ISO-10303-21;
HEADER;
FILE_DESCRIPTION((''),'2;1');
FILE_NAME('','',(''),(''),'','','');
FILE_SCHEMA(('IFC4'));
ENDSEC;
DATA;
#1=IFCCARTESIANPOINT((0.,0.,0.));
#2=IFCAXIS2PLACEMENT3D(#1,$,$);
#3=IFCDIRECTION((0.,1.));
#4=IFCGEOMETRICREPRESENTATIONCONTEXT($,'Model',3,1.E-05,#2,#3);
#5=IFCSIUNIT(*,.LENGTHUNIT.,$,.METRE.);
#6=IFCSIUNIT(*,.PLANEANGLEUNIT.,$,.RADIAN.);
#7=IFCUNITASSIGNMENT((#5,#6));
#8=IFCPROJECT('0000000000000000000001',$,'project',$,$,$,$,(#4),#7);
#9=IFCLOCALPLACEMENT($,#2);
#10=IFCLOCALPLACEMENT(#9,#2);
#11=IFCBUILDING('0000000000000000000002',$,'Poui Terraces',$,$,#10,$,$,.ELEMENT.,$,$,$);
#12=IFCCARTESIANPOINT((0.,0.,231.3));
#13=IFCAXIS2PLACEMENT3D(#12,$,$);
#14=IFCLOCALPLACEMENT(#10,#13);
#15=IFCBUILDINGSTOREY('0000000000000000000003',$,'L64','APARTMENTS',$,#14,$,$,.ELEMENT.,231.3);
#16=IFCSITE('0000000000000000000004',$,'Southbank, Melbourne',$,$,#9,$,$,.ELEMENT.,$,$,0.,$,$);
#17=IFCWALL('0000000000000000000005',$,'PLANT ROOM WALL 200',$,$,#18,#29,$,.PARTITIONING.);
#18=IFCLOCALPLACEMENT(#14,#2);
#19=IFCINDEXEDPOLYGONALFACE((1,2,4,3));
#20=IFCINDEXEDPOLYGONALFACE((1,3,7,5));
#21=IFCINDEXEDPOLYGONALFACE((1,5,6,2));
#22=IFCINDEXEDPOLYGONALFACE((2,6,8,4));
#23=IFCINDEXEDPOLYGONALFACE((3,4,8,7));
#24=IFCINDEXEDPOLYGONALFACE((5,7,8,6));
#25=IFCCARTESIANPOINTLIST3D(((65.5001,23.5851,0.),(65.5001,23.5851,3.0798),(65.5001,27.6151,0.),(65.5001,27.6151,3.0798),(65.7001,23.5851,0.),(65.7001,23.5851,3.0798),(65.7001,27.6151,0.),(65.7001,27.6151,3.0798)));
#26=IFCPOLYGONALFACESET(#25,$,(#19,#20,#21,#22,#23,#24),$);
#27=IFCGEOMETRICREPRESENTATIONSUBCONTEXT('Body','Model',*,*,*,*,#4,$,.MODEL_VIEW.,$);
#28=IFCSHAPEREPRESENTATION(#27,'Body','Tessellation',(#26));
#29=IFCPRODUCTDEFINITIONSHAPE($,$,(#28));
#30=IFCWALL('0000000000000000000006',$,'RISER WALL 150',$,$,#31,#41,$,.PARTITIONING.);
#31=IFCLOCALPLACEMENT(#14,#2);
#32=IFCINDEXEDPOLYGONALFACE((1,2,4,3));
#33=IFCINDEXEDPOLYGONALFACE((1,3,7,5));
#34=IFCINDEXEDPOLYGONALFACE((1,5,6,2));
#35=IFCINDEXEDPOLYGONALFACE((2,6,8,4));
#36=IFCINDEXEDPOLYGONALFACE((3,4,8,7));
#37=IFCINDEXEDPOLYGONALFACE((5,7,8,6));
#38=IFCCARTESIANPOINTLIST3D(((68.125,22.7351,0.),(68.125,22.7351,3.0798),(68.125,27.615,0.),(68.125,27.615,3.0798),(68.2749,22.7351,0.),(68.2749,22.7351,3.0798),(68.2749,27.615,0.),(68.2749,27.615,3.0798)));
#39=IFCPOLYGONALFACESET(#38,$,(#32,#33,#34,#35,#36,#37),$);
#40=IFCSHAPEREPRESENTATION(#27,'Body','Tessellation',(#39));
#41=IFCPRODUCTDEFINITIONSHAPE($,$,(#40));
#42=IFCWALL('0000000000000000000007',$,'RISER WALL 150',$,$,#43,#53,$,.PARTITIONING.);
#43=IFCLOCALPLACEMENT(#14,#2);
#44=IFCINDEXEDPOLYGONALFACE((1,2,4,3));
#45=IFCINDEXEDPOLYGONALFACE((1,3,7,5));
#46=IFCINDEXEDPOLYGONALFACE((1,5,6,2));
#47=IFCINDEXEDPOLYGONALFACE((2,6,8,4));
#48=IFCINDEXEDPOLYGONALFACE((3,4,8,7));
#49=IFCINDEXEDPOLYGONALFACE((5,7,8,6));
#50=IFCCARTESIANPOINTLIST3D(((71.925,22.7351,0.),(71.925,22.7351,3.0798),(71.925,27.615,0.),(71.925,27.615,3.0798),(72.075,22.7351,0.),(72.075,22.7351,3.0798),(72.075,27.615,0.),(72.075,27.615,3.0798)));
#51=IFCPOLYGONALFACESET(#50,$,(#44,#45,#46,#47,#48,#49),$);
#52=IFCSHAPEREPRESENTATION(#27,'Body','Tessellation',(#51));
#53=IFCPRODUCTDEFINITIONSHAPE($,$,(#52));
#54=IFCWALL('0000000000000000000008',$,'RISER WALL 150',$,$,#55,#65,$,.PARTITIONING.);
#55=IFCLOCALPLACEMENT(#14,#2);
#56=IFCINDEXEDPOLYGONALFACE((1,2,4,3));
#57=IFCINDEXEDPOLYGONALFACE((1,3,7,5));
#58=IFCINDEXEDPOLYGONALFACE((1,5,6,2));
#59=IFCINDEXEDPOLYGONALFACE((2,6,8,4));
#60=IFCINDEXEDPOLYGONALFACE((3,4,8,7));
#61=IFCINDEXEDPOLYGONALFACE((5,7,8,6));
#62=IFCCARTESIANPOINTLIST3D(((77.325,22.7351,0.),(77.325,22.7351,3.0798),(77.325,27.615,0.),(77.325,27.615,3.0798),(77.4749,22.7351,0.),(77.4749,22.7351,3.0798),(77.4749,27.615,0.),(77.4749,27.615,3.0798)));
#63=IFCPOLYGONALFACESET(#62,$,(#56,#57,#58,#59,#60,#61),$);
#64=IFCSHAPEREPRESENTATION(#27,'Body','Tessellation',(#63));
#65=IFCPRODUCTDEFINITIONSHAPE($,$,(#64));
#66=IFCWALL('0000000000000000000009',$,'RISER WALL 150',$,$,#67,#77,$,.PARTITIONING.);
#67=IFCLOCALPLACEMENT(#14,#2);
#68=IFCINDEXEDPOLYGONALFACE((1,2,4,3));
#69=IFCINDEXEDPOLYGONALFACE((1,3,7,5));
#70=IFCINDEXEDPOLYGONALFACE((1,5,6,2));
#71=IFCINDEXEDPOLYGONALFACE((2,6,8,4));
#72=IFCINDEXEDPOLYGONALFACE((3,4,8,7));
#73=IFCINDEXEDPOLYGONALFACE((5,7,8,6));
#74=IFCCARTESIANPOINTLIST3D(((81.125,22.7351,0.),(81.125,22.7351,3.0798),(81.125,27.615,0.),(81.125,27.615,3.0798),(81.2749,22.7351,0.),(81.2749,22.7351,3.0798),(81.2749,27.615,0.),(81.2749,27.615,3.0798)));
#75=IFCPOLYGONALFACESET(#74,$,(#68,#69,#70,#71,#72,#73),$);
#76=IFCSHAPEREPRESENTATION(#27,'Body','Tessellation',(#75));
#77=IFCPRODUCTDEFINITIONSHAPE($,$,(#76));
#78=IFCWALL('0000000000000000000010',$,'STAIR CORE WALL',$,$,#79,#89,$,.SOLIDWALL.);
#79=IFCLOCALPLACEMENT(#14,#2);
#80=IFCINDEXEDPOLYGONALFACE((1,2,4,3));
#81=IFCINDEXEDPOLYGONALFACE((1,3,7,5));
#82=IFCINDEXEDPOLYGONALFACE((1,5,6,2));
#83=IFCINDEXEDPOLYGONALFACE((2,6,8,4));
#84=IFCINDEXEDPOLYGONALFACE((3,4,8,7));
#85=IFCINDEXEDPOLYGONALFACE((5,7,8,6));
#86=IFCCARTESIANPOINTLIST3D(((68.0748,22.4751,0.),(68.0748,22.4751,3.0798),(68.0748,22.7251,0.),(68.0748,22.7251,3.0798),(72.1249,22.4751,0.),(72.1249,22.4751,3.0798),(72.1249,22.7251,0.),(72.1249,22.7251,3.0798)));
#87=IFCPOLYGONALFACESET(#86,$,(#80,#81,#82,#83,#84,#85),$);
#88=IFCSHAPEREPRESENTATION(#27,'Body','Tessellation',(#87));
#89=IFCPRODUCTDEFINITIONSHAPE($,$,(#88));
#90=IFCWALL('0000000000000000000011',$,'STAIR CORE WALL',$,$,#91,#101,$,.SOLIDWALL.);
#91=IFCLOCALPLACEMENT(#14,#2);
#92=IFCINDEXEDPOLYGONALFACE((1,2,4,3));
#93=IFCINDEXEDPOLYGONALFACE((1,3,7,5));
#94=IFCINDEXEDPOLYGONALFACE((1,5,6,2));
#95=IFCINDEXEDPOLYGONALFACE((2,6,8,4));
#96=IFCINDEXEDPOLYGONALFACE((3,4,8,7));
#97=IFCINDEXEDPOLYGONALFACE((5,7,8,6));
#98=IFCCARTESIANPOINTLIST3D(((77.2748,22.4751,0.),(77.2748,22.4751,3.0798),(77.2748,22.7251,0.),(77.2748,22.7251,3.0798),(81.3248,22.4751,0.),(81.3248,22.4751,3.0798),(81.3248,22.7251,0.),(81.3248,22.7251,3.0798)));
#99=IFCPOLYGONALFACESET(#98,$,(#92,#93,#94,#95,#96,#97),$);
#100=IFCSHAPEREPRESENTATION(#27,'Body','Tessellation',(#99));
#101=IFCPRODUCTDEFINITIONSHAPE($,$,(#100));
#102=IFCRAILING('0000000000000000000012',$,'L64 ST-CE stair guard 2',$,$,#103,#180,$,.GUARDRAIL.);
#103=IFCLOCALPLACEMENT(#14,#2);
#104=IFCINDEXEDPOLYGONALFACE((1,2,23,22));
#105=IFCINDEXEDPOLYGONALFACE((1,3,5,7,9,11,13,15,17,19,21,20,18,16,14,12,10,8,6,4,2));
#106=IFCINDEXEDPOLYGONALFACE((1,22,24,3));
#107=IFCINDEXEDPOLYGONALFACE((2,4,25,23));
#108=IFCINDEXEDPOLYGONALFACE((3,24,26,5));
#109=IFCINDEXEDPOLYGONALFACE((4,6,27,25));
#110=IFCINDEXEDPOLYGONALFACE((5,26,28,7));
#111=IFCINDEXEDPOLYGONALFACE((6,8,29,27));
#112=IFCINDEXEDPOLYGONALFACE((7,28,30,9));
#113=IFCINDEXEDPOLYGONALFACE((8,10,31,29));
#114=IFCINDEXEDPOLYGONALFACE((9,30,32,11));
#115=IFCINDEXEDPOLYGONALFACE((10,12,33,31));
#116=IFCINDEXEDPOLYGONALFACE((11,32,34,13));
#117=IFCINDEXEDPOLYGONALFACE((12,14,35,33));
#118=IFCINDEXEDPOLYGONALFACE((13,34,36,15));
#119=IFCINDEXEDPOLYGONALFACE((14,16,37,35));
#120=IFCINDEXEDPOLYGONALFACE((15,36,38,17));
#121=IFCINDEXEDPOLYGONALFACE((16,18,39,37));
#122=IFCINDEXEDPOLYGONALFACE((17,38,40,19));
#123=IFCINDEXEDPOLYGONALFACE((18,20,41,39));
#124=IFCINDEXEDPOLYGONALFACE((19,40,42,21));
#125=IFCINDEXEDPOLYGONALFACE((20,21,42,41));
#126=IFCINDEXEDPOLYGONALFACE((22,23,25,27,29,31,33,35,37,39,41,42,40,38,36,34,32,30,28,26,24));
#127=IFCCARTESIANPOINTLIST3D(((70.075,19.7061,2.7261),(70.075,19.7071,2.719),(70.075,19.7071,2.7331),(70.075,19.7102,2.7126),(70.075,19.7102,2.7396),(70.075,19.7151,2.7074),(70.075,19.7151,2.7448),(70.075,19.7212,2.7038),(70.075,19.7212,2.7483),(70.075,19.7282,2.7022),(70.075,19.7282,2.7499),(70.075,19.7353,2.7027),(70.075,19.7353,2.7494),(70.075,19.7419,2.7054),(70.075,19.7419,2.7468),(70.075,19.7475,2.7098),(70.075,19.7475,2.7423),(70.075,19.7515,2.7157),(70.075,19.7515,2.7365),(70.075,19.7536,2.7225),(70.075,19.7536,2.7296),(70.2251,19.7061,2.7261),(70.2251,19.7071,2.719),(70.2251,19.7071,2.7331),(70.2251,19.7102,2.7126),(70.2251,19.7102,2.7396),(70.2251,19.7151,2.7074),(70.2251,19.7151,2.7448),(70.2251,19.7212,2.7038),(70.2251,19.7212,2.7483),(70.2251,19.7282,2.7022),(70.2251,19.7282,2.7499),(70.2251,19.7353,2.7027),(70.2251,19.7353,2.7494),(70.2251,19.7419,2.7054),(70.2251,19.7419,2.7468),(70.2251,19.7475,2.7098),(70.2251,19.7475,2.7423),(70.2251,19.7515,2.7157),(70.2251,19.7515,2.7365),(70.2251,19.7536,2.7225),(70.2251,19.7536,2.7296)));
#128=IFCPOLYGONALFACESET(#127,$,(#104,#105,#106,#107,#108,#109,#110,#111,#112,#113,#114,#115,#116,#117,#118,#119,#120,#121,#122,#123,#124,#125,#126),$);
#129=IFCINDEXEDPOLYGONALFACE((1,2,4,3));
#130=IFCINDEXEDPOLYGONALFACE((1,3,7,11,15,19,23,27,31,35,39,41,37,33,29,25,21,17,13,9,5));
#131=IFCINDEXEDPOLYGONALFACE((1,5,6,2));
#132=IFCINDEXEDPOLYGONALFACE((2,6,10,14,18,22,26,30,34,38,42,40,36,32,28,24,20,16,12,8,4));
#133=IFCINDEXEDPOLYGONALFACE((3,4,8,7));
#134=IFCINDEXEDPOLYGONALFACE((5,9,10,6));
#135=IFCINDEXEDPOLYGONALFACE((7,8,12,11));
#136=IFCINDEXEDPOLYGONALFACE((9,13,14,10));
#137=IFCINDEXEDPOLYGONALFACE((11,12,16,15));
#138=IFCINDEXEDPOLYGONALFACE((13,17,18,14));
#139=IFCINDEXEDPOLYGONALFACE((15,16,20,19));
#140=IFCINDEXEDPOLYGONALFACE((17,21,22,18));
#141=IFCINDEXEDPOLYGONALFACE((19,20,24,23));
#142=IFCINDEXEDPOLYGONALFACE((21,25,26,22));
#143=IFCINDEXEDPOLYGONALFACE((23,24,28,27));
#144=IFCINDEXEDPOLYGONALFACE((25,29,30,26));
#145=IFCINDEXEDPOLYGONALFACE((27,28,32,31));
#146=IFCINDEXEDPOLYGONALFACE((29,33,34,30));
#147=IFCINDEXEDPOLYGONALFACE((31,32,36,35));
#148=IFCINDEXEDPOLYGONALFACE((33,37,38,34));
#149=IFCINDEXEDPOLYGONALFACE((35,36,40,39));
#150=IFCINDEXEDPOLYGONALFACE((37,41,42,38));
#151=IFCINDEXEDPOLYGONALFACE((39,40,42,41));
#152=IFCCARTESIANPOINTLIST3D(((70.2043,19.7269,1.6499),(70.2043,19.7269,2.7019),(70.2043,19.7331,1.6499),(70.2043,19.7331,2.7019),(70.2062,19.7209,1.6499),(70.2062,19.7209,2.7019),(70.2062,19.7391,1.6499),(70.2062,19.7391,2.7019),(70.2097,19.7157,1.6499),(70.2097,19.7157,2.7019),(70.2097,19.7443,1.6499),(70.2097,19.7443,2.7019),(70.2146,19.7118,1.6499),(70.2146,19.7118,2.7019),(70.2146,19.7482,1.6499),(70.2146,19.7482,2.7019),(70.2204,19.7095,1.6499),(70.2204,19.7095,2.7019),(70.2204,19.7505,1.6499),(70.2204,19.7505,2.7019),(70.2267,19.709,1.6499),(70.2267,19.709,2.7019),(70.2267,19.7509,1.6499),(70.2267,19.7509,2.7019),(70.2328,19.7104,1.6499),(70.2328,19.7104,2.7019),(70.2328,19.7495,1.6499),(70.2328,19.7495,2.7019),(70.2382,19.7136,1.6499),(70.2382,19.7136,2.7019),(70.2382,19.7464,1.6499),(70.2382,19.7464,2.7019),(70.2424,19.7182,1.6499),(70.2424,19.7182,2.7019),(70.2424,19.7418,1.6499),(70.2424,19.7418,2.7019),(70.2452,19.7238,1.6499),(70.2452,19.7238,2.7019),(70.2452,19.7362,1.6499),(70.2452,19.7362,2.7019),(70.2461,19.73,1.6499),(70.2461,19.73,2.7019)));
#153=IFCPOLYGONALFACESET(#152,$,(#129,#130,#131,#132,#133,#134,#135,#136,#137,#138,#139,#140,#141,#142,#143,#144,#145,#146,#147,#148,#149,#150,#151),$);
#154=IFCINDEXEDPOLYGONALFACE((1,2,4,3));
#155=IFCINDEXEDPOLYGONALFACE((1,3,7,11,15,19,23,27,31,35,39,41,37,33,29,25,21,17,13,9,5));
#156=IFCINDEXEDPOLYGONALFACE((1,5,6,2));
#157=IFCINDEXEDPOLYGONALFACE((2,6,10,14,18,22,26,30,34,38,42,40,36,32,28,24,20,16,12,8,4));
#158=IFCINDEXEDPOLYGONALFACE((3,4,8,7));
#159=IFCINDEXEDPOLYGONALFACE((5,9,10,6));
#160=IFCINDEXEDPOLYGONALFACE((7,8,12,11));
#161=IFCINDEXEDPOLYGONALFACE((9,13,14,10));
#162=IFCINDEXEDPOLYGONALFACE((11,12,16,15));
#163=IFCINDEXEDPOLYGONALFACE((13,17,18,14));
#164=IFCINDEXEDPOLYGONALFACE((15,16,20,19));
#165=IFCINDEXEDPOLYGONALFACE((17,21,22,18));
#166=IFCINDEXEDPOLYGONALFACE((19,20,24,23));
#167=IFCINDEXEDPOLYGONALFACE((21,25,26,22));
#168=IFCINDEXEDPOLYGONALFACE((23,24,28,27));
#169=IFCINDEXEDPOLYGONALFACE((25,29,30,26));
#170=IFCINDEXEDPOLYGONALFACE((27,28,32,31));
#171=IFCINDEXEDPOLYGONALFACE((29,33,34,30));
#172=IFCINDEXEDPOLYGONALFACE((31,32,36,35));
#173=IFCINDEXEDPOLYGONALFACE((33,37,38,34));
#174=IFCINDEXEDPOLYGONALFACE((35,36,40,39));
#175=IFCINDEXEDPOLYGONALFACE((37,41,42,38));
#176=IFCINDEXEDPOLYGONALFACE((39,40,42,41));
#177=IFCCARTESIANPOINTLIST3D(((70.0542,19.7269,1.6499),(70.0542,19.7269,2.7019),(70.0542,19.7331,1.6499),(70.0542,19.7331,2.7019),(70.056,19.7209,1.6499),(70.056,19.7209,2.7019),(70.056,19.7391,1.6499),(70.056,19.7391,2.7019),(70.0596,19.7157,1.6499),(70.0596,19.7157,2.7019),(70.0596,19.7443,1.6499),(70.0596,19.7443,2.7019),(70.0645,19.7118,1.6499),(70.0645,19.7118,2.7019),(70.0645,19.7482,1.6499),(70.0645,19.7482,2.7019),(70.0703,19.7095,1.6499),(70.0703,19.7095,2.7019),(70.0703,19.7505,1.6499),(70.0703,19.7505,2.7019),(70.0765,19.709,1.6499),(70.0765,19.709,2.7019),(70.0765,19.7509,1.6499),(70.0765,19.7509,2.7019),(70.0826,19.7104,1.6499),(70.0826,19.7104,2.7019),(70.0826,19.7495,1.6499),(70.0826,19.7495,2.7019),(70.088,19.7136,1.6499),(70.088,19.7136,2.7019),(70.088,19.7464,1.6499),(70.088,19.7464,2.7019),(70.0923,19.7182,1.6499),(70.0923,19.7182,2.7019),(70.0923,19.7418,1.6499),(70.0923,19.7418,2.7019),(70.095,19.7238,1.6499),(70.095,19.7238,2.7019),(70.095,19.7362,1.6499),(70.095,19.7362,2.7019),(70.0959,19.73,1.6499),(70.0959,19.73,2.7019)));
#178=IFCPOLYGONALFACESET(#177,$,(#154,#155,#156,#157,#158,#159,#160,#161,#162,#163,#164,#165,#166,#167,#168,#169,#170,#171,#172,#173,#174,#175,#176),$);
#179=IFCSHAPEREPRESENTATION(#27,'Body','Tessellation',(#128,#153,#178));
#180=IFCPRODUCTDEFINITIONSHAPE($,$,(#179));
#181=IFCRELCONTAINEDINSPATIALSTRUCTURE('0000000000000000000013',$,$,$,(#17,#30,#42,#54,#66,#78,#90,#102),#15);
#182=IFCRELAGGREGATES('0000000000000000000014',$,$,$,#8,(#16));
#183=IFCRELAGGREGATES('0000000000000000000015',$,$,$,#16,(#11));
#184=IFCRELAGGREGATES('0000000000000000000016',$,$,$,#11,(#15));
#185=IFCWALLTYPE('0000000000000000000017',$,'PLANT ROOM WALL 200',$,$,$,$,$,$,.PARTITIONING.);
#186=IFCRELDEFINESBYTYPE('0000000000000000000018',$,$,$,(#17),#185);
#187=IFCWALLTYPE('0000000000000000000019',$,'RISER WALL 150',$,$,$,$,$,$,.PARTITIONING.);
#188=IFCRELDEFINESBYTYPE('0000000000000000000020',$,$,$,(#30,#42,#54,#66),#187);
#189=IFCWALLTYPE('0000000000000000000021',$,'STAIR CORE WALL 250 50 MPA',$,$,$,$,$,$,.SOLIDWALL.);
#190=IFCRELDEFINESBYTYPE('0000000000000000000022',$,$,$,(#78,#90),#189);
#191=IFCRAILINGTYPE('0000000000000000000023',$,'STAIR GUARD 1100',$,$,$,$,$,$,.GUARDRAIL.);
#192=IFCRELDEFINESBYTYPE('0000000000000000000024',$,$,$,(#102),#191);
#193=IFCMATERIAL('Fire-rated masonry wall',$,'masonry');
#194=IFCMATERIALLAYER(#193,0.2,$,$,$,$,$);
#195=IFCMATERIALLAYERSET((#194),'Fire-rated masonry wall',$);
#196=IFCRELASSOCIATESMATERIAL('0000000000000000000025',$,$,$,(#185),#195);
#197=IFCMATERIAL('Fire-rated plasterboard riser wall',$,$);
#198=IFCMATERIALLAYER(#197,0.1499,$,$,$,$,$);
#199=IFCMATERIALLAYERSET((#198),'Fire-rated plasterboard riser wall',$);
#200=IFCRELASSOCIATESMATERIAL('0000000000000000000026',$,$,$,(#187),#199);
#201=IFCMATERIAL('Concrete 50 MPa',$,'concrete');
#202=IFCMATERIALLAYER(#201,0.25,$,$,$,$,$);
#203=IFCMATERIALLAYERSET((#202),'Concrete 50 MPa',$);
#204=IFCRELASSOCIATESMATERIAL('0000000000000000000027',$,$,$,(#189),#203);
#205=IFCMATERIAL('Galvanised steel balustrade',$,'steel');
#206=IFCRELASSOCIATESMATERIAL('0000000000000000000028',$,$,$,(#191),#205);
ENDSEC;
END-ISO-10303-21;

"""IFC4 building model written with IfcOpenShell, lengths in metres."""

from ifc_helpers import new_model, si_unit, direction, frame, frame_2d, origin, origin_2d, place, context, subcontext, project, spatial, rectangle, circle, extrude, material, layer, layer_set, type_object, element, save


model = new_model("IFC4")

# Units and contexts
model_context = context("Model", 3, precision=1e-05, world=origin(), true_north=direction((0.0, 1.0)))
body_context = subcontext(model_context, "Body", "Model", "MODEL_VIEW")
ifc_project = project(units=[si_unit("LENGTHUNIT", "METRE"), si_unit("PLANEANGLEUNIT", "RADIAN")], contexts=[model_context])

# Site, building, storey
site_placement = place(None, origin())
site = spatial("IfcSite", under=ifc_project, at=site_placement, Name="Southbank, Melbourne", CompositionType="ELEMENT", RefElevation=0.0)
building_placement = place(site_placement, origin())
building = spatial("IfcBuilding", under=site, at=building_placement, Name="Poui Terraces", CompositionType="ELEMENT")
storey_placement = place(building_placement, frame((0.0, 0.0, 231.3)))
storey = spatial("IfcBuildingStorey", under=building, at=storey_placement, Name="L64", Description="APARTMENTS", CompositionType="ELEMENT", Elevation=231.3)

# Shared definitions
ifc_material_1 = material(Name="Concrete 50 MPa", Category="concrete")

# Walls
ifc_material_2 = material(Name="Fire-rated masonry wall", Category="masonry")
ifc_layer_1 = layer(ifc_material_2, 0.2)
ifc_layer_set_1 = layer_set([ifc_layer_1], Name="Fire-rated masonry wall")
wall_type_1 = type_object("IfcWallType", Name="PLANT ROOM WALL 200", PredefinedType="PARTITIONING", material=ifc_layer_set_1)
wall_1_placement = place(storey_placement, frame((65.6001, 23.585, 0.0), z_axis=(0.0, 0.0, 1.0), x_axis=(0.0, 1.0, 0.0)))
element("IfcWall", 1, at=wall_1_placement, inside=storey, type_object=wall_type_1, Name="PLANT ROOM WALL 200", PredefinedType="PARTITIONING", context=body_context, shape_type="SweptSolid", body=[
    extrude(rectangle(XDim=4.03, YDim=0.2, at=frame_2d((2.0151, 0.0))), origin(), (0.0, 0.0, 1.0), 3.0798),
])
ifc_material_3 = material(Name="Fire-rated plasterboard riser wall")
ifc_layer_2 = layer(ifc_material_3, 0.1499)
ifc_layer_set_2 = layer_set([ifc_layer_2], Name="Fire-rated plasterboard riser wall")
wall_type_2 = type_object("IfcWallType", Name="RISER WALL 150", PredefinedType="PARTITIONING", material=ifc_layer_set_2)
for number, where, z_axis, x_axis, name in (
    (2, (68.2, 22.7351, 0.0), (0.0, 0.0, 1.0), (0.0, 1.0, 0.0), "RISER WALL 150"),
    (3, (72.0, 22.7351, 0.0), (0.0, 0.0, 1.0), (0.0, 1.0, 0.0), "RISER WALL 150"),
    (4, (77.3999, 22.7351, 0.0), (0.0, 0.0, 1.0), (0.0, 1.0, 0.0), "RISER WALL 150"),
    (5, (81.2, 22.7351, 0.0), (0.0, 0.0, 1.0), (0.0, 1.0, 0.0), "RISER WALL 150"),
):
    element("IfcWall", number, at=place(storey_placement, frame(where, z_axis=z_axis, x_axis=x_axis)), inside=storey, type_object=wall_type_2, Name=name, PredefinedType="PARTITIONING", context=body_context, shape_type="SweptSolid", body=[
        extrude(rectangle(XDim=4.8799, YDim=0.1499, at=frame_2d((2.4399, 0.0))), origin(), (0.0, 0.0, 1.0), 3.0798),
    ])
ifc_layer_3 = layer(ifc_material_1, 0.25)
ifc_layer_set_3 = layer_set([ifc_layer_3], Name="Concrete 50 MPa")
wall_type_3 = type_object("IfcWallType", Name="STAIR CORE WALL 250 50 MPA", PredefinedType="SOLIDWALL", material=ifc_layer_set_3)
for number, where, z_axis, x_axis, name in (
    (6, (68.075, 22.6001, 0.0), (0.0, 0.0, 1.0), (1.0, 0.0, 0.0), "STAIR CORE WALL"),
    (7, (77.2749, 22.6001, 0.0), (0.0, 0.0, 1.0), (1.0, 0.0, 0.0), "STAIR CORE WALL"),
):
    element("IfcWall", number, at=place(storey_placement, frame(where, z_axis=z_axis, x_axis=x_axis)), inside=storey, type_object=wall_type_3, Name=name, PredefinedType="SOLIDWALL", context=body_context, shape_type="SweptSolid", body=[
        extrude(rectangle(XDim=4.05, YDim=0.25, at=frame_2d((2.0249, 0.0))), origin(), (0.0, 0.0, 1.0), 3.0798),
    ])

# Railing
ifc_material_4 = material(Name="Galvanised steel balustrade", Category="steel")
railing_type = type_object("IfcRailingType", Name="STAIR GUARD 1100", PredefinedType="GUARDRAIL", material=ifc_material_4)
for number, where, name in (
    (8, (70.2251, 19.73, 1.6499), "L64 ST-CE stair guard 2"),
):
    element("IfcRailing", number, at=place(storey_placement, frame(where)), inside=storey, type_object=railing_type, Name=name, PredefinedType="GUARDRAIL", context=body_context, shape_type="SweptSolid", body=[
        extrude(circle(Radius=0.0239, at=origin_2d()), frame((0.0, 0.0, 1.0762), z_axis=(-1.0, 0.0, 0.0), x_axis=(0.0, -1.0, 0.0)), (0.0, 0.0, 1.0), 0.1501),
        extrude(circle(Radius=0.021, at=origin_2d()), origin(), (0.0, 0.0, 1.0), 1.052),
        extrude(circle(Radius=0.021, at=origin_2d()), frame((-0.1501, 0.0, 0.0)), (0.0, 0.0, 1.0), 1.052),
    ])

save(model, "model.ifc")
